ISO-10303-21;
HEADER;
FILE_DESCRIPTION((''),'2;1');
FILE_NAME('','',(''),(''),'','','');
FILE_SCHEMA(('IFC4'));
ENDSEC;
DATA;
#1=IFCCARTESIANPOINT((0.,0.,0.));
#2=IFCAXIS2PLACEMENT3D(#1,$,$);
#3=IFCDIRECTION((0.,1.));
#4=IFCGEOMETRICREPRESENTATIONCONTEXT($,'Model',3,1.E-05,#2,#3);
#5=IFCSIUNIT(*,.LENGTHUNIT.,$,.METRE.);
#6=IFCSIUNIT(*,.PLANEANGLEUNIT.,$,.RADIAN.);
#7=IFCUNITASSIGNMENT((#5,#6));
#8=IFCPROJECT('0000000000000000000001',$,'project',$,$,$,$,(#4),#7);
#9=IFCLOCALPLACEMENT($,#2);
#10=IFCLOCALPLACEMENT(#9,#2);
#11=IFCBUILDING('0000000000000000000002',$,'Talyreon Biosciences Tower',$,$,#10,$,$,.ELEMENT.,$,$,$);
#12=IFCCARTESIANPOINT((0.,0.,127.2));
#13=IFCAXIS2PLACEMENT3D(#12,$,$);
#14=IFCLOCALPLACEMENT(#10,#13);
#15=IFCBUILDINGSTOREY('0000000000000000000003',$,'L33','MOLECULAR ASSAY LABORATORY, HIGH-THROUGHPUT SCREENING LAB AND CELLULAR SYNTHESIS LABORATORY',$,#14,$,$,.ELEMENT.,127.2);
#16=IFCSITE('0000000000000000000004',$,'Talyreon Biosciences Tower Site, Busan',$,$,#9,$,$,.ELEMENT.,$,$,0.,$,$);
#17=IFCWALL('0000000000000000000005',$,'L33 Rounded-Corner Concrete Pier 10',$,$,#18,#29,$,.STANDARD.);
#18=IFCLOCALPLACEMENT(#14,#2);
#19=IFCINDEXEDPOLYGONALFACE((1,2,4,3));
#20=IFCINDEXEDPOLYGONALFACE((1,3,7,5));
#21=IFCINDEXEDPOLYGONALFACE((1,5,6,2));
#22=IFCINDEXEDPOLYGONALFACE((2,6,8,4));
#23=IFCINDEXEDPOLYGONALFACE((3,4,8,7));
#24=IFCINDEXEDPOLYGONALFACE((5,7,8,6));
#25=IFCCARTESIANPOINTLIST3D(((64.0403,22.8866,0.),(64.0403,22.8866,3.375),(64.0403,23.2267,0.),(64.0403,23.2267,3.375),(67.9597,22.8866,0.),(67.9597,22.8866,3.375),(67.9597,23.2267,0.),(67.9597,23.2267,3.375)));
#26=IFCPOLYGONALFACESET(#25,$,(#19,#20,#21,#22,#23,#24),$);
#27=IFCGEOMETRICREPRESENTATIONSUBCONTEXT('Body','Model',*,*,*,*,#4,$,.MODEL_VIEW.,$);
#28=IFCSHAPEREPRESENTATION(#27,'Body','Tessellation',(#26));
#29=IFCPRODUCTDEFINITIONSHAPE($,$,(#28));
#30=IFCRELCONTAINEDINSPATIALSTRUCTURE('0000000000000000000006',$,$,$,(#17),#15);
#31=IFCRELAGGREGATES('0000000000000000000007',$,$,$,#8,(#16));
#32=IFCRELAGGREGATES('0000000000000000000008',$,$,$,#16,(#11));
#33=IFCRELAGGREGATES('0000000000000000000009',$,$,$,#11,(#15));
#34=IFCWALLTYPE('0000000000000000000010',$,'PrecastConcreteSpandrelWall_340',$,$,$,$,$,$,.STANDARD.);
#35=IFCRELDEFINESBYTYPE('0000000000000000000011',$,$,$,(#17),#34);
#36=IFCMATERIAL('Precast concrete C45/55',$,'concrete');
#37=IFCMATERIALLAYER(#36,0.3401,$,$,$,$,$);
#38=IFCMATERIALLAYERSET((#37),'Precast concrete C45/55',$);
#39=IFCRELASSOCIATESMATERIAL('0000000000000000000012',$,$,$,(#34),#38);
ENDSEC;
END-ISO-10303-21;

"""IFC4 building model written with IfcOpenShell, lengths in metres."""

from ifc_helpers import new_model, si_unit, direction, frame, frame_2d, origin, place, context, subcontext, project, spatial, rectangle, extrude, material, layer, layer_set, type_object, element, save


model = new_model("IFC4")

# Units and contexts
model_context = context("Model", 3, precision=1e-05, world=origin(), true_north=direction((0.0, 1.0)))
body_context = subcontext(model_context, "Body", "Model", "MODEL_VIEW")
ifc_project = project(units=[si_unit("LENGTHUNIT", "METRE"), si_unit("PLANEANGLEUNIT", "RADIAN")], contexts=[model_context])

# Site, building, storey
site_placement = place(None, origin())
site = spatial("IfcSite", under=ifc_project, at=site_placement, Name="Talyreon Biosciences Tower Site, Busan", CompositionType="ELEMENT", RefElevation=0.0)
building_placement = place(site_placement, origin())
building = spatial("IfcBuilding", under=site, at=building_placement, Name="Talyreon Biosciences Tower", CompositionType="ELEMENT")
storey_placement = place(building_placement, frame((0.0, 0.0, 127.2)))
storey = spatial("IfcBuildingStorey", under=building, at=storey_placement, Name="L33", Description="MOLECULAR ASSAY LABORATORY, HIGH-THROUGHPUT SCREENING LAB AND CELLULAR SYNTHESIS LABORATORY", CompositionType="ELEMENT", Elevation=127.2)

# Shared definitions
ifc_material_1 = material(Name="Precast concrete C45/55", Category="concrete")

# Wall
ifc_layer_1 = layer(ifc_material_1, 0.3401)
ifc_layer_set_1 = layer_set([ifc_layer_1], Name="Precast concrete C45/55")
wall_type_1 = type_object("IfcWallType", Name="PrecastConcreteSpandrelWall_340", PredefinedType="STANDARD", material=ifc_layer_set_1)
wall_1_placement = place(storey_placement, frame((67.9597, 23.0566, 0.0), z_axis=(0.0, 0.0, 1.0), x_axis=(-1.0, 0.0, 0.0)))
element("IfcWall", 1, at=wall_1_placement, inside=storey, type_object=wall_type_1, Name="L33 Rounded-Corner Concrete Pier 10", PredefinedType="STANDARD", context=body_context, shape_type="SweptSolid", body=[
    extrude(rectangle(XDim=3.9194, YDim=0.3401, at=frame_2d((1.9597, 0.0))), origin(), (0.0, 0.0, 1.0), 3.375),
])

save(model, "model.ifc")
